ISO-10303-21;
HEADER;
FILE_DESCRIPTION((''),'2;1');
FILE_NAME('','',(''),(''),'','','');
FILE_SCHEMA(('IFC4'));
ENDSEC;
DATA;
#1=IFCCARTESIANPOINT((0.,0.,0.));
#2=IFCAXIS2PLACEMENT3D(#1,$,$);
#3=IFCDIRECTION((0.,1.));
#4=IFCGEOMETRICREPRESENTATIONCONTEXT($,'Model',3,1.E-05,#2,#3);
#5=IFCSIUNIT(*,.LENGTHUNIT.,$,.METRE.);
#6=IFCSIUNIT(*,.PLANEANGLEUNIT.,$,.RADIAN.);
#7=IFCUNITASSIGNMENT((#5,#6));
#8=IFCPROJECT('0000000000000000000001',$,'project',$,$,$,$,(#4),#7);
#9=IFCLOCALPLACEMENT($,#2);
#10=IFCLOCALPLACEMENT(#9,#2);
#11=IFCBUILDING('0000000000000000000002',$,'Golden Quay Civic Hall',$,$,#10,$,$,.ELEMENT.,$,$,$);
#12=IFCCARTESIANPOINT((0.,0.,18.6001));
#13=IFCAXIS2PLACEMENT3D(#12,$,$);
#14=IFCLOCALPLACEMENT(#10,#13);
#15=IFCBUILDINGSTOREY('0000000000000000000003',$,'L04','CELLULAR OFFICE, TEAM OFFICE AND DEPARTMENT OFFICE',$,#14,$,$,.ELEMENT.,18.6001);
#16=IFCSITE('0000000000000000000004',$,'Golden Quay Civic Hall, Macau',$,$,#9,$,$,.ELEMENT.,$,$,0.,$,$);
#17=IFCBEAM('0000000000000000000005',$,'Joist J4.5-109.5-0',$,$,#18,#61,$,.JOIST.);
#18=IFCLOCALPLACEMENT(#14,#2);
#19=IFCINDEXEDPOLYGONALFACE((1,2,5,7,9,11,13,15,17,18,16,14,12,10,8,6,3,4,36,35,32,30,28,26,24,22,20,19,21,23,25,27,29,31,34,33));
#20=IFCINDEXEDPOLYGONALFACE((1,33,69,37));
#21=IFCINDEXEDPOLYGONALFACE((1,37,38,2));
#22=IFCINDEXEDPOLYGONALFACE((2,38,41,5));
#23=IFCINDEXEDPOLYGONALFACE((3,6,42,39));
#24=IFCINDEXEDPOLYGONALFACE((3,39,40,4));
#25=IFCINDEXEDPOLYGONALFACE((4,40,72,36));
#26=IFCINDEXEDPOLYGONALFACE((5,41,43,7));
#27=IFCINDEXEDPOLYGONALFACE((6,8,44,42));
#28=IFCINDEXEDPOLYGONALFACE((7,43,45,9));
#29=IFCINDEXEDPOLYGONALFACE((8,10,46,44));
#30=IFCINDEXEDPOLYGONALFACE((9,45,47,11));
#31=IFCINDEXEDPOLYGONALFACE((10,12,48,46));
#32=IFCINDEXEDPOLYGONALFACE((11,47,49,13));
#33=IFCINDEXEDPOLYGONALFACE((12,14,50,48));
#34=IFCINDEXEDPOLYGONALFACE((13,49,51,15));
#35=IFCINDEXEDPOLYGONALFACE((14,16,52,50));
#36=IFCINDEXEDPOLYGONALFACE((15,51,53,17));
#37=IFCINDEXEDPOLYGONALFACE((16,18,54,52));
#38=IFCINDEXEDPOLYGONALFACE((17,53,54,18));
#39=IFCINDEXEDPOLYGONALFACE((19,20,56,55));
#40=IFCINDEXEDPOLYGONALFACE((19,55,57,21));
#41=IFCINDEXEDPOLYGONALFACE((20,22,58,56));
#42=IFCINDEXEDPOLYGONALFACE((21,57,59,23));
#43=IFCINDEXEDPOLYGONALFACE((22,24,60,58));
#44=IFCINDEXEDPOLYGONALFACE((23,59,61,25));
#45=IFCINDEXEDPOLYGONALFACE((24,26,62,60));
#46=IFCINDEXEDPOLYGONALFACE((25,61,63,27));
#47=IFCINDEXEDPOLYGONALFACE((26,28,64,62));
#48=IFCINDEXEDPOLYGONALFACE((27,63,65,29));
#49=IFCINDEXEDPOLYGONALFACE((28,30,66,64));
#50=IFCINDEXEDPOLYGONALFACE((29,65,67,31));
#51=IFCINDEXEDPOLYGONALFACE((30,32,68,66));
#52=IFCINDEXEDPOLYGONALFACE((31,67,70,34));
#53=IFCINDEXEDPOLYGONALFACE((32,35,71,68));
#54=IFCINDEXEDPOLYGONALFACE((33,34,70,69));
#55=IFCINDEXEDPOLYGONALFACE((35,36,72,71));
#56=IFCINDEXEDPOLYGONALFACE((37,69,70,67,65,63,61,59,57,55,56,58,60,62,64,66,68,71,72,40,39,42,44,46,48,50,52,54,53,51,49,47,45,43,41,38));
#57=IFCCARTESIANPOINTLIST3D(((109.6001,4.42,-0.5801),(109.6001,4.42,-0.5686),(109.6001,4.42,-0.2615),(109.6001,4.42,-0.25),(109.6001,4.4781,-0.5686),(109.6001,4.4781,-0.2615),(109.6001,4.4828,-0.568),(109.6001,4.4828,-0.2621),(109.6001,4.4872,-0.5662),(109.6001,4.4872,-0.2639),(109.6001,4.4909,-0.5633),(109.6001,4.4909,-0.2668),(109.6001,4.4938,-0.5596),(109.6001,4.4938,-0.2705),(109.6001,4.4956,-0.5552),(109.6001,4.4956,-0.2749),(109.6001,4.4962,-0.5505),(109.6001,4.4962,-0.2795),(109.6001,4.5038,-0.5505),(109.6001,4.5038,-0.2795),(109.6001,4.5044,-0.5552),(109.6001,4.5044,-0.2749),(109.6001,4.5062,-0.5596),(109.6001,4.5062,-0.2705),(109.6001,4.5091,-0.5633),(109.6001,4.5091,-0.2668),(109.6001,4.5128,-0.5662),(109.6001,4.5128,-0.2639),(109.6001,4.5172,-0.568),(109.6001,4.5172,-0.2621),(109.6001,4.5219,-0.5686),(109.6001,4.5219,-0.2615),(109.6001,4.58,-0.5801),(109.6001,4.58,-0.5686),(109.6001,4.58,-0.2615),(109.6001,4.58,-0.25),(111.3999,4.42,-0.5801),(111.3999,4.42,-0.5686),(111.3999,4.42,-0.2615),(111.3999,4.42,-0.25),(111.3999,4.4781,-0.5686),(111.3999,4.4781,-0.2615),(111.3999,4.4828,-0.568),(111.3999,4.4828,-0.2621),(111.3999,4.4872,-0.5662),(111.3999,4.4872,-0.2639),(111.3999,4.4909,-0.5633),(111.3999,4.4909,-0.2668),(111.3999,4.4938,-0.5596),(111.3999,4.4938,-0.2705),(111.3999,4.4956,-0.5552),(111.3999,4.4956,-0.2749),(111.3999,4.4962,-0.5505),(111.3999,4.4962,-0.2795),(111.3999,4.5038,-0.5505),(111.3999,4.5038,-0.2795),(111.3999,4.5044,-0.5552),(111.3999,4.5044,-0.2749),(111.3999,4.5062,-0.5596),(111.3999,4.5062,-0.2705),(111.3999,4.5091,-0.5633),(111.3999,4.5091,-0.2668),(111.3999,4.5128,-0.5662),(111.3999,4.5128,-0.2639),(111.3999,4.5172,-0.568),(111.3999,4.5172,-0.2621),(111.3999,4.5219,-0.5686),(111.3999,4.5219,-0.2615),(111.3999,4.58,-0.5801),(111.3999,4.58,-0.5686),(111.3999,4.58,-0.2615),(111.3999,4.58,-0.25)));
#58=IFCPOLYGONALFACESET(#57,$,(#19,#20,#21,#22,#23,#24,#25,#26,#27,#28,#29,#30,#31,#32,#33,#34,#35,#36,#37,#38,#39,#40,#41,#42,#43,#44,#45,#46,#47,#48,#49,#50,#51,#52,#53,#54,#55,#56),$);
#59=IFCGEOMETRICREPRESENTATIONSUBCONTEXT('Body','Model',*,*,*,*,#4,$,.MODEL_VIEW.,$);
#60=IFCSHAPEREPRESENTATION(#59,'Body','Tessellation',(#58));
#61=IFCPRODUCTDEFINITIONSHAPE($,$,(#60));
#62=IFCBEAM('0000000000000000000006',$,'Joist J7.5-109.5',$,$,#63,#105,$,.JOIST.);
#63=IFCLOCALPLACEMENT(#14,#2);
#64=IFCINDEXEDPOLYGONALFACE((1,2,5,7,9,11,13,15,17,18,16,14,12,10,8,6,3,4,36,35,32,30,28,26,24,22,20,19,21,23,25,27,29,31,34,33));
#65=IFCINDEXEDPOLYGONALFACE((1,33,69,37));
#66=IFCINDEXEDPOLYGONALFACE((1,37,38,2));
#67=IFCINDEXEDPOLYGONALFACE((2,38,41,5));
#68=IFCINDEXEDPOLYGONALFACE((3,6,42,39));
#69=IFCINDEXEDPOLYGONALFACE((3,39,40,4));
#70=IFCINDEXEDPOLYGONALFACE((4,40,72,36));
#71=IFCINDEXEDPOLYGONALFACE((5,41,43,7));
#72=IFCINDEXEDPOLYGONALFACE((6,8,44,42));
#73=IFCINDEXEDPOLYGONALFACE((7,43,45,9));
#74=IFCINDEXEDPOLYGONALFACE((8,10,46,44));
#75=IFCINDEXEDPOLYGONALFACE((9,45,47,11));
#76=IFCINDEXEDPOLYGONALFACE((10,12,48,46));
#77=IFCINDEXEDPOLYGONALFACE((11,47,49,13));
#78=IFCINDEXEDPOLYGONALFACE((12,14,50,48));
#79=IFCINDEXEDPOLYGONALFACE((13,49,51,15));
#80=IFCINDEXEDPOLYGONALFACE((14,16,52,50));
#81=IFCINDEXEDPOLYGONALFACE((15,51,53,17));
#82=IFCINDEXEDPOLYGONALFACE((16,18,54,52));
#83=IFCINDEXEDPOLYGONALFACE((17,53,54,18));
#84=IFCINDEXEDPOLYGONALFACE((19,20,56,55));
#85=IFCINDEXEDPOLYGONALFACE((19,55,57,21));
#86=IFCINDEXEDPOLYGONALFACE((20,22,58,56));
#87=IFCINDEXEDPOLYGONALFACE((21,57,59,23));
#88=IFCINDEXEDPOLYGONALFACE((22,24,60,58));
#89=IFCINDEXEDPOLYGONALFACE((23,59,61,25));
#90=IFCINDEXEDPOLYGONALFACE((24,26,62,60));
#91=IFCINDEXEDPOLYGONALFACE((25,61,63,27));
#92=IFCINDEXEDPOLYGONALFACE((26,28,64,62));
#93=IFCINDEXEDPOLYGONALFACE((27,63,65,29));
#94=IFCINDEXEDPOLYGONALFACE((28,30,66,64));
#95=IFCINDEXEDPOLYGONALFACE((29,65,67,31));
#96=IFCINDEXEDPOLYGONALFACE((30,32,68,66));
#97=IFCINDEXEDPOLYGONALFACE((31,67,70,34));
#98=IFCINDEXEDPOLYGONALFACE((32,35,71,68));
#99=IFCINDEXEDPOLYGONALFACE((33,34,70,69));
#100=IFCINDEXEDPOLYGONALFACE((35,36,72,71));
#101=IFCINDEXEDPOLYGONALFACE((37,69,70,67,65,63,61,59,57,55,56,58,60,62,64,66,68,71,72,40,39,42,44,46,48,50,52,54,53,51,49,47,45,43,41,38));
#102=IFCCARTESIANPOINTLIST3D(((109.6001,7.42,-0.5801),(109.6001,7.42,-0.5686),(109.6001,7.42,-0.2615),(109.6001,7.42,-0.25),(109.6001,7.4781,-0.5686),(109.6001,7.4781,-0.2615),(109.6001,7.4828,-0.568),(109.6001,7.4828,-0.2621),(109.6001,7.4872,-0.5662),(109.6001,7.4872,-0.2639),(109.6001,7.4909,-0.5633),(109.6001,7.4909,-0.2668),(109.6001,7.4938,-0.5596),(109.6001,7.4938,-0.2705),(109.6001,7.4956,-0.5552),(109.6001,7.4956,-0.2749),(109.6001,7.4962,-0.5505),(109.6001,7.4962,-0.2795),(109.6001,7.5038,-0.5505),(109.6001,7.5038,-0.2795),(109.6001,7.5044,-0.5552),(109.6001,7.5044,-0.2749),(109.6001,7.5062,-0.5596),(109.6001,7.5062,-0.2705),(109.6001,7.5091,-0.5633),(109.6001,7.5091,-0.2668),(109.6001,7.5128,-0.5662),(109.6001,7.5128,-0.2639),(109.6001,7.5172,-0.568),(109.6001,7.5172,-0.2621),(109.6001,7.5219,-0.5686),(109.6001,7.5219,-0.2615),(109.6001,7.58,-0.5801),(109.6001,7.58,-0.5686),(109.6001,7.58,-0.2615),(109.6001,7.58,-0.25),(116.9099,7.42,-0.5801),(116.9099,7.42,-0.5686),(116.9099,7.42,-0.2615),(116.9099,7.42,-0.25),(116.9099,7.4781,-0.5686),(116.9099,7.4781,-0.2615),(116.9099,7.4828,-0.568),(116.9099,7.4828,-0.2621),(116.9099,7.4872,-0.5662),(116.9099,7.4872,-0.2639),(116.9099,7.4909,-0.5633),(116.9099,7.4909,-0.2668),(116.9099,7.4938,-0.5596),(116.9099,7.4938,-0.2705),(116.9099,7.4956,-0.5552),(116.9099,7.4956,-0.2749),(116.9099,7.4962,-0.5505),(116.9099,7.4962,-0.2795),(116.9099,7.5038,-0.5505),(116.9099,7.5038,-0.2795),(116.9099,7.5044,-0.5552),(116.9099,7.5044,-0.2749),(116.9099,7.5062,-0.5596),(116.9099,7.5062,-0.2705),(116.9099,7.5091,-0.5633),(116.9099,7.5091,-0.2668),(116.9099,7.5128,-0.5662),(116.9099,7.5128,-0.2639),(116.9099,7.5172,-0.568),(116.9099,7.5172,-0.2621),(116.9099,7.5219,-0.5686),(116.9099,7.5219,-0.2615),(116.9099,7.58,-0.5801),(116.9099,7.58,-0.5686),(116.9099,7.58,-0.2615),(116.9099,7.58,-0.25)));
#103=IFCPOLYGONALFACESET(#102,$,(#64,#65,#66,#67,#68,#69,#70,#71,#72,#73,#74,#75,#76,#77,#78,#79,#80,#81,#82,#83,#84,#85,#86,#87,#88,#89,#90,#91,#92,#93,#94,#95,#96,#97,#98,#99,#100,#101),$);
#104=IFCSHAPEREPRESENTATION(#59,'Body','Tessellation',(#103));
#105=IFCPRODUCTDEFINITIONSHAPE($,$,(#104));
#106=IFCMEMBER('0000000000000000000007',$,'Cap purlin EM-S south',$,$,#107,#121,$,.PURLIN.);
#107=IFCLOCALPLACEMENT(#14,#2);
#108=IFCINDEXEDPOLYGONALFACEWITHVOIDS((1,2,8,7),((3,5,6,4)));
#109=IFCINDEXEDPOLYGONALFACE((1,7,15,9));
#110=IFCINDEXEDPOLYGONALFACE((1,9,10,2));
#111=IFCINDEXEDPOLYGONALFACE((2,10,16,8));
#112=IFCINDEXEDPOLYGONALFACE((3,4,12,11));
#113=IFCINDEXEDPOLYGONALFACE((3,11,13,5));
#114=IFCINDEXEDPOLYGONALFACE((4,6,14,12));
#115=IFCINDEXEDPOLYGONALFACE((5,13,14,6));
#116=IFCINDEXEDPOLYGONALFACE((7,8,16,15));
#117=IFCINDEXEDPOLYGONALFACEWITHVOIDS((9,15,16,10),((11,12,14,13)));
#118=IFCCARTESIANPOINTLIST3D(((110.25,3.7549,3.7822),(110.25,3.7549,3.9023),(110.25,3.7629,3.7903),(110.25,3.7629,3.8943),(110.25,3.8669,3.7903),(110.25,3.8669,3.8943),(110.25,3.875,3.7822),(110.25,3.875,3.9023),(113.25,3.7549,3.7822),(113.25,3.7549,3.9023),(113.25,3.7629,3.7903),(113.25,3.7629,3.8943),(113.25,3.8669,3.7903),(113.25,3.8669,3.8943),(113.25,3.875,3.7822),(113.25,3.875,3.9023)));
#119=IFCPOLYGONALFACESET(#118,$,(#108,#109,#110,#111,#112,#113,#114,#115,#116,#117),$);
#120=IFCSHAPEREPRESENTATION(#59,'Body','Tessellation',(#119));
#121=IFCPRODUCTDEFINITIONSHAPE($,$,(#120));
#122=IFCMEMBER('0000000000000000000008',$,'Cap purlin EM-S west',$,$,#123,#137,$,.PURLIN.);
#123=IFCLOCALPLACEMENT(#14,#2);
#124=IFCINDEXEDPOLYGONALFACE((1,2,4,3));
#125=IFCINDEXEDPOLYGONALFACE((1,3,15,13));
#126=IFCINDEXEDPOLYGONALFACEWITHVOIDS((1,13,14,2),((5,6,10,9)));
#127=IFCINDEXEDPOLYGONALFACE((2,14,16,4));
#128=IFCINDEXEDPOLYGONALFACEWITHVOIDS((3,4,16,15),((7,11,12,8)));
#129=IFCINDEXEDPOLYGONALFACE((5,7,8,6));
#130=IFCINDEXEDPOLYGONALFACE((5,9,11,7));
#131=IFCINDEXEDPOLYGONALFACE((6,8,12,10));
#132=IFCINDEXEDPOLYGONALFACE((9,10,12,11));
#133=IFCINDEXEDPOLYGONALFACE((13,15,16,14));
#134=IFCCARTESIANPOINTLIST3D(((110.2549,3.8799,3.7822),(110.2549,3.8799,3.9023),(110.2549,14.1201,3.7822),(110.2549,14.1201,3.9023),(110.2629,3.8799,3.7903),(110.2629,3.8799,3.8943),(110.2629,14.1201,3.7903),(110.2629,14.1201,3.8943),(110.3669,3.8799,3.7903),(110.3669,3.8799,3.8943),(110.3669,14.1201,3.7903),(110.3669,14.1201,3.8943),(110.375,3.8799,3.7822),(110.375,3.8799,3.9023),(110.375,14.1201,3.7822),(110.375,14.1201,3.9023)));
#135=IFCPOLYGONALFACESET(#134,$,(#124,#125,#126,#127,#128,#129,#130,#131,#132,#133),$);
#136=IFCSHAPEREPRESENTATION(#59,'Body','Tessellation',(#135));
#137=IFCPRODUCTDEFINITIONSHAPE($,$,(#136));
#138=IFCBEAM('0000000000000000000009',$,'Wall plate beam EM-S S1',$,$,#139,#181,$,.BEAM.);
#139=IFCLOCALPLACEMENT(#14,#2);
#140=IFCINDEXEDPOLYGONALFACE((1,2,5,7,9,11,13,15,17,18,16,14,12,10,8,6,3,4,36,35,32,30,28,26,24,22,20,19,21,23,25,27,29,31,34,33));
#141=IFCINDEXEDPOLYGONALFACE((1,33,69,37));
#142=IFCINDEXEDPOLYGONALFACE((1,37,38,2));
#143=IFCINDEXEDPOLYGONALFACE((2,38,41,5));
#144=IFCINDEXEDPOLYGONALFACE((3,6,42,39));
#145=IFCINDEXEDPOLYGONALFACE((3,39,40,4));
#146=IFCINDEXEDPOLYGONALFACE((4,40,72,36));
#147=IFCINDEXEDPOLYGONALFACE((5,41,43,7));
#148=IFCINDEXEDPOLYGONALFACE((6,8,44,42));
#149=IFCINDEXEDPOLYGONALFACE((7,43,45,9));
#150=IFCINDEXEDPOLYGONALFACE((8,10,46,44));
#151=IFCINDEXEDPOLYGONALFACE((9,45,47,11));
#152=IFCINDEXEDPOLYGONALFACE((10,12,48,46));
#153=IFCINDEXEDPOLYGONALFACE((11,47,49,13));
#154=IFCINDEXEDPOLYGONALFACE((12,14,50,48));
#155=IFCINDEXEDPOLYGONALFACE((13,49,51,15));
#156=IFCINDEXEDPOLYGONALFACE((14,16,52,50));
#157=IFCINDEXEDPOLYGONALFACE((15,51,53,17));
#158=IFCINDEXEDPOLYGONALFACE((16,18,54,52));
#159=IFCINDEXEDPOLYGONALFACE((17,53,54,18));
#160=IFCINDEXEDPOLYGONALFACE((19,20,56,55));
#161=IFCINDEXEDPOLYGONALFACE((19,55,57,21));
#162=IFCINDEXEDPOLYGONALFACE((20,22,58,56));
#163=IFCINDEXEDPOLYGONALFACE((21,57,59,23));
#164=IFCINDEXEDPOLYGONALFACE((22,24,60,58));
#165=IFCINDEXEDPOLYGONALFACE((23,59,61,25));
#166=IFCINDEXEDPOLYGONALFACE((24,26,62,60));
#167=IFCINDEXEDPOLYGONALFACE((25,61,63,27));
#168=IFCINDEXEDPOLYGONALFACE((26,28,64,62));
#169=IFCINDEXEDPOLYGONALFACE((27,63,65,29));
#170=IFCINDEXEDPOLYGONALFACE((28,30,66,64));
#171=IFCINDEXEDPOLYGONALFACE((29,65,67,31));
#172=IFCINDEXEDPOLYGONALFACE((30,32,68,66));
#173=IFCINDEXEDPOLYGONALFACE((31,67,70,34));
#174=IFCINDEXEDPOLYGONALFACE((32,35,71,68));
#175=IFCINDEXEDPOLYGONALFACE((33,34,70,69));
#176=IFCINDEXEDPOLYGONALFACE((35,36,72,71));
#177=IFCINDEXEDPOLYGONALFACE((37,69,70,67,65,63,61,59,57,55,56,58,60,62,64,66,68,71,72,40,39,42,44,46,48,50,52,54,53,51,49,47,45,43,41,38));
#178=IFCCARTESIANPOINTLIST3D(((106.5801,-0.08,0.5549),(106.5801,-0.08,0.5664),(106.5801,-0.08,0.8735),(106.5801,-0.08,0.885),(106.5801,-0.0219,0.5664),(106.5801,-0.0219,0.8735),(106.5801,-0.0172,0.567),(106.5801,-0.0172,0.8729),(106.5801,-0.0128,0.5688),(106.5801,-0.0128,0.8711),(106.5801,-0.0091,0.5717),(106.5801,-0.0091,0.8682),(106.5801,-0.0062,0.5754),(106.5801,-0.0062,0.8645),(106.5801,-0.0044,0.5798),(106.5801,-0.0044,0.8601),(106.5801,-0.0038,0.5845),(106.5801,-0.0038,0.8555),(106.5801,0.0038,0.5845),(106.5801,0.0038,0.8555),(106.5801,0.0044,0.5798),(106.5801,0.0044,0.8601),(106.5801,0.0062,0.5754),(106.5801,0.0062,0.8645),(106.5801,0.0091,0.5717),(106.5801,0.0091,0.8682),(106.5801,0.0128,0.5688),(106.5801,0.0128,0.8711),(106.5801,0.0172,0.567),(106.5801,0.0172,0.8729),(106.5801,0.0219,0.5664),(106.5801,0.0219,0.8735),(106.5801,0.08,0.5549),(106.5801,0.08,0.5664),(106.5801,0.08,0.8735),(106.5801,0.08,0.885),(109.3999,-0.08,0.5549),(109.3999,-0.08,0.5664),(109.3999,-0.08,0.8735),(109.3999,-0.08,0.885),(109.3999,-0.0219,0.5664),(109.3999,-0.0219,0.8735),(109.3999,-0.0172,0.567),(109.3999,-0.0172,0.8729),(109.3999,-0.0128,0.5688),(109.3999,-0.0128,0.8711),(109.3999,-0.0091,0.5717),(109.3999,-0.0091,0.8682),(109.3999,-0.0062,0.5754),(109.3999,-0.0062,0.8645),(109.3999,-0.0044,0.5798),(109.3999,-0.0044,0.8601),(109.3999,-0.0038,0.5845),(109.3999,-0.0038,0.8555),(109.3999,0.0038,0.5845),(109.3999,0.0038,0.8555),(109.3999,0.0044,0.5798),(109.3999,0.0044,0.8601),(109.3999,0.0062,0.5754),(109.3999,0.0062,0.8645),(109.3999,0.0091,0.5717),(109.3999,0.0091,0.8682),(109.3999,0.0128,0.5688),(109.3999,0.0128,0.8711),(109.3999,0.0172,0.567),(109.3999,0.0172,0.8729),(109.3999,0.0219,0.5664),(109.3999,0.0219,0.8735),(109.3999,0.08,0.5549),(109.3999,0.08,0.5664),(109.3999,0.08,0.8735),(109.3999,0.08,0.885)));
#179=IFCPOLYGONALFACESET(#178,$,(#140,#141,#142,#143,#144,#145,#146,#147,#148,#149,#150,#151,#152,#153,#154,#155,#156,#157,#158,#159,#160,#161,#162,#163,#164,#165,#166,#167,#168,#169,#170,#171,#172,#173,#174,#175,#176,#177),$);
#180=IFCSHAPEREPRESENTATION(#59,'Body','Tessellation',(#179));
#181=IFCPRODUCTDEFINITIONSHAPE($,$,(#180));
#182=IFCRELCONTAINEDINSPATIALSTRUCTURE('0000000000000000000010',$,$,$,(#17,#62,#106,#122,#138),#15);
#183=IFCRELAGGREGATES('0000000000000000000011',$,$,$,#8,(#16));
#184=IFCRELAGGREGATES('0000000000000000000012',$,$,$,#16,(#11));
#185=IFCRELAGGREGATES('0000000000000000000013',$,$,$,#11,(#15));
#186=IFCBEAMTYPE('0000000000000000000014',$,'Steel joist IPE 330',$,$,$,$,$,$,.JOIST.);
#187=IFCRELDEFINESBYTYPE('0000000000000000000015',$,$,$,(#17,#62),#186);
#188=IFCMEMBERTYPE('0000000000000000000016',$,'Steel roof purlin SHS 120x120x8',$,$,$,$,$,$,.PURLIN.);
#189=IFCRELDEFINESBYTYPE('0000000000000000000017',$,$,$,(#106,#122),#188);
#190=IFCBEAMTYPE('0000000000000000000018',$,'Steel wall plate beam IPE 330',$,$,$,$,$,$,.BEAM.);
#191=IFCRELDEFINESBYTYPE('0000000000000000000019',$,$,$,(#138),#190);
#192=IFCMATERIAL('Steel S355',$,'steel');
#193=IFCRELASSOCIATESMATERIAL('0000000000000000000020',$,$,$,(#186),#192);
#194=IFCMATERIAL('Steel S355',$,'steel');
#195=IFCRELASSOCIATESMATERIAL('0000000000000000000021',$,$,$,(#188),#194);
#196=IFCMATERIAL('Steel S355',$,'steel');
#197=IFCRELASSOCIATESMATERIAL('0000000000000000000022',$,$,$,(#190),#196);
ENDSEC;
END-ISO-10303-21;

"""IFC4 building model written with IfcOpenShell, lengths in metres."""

from ifc_helpers import new_model, si_unit, direction, frame, origin, origin_2d, place, context, subcontext, project, spatial, hollow_rectangle, i_section, extrude, material, material_profile, profile_set, type_object, element, save


model = new_model("IFC4")

# Units and contexts
model_context = context("Model", 3, precision=1e-05, world=origin(), true_north=direction((0.0, 1.0)))
body_context = subcontext(model_context, "Body", "Model", "MODEL_VIEW")
ifc_project = project(units=[si_unit("LENGTHUNIT", "METRE"), si_unit("PLANEANGLEUNIT", "RADIAN")], contexts=[model_context])

# Site, building, storey
site_placement = place(None, origin())
site = spatial("IfcSite", under=ifc_project, at=site_placement, Name="Golden Quay Civic Hall, Macau", CompositionType="ELEMENT", RefElevation=0.0)
building_placement = place(site_placement, origin())
building = spatial("IfcBuilding", under=site, at=building_placement, Name="Golden Quay Civic Hall", CompositionType="ELEMENT")
storey_placement = place(building_placement, frame((0.0, 0.0, 18.6001)))
storey = spatial("IfcBuildingStorey", under=building, at=storey_placement, Name="L04", Description="CELLULAR OFFICE, TEAM OFFICE AND DEPARTMENT OFFICE", CompositionType="ELEMENT", Elevation=18.6001)

# Beams
ifc_material_1 = material(Name="Steel S355", Category="steel")
ifc_material_profile_1 = material_profile(ifc_material_1, i_section(OverallWidth=0.1599, OverallDepth=0.3301, WebThickness=0.0076, FlangeThickness=0.0115, FilletRadius=0.0181, at=origin_2d()), Name="IPE 330")
ifc_profile_set_1 = profile_set([ifc_material_profile_1], Name="Steel S355")
beam_type_1 = type_object("IfcBeamType", Name="Steel joist IPE 330", PredefinedType="JOIST", material=ifc_profile_set_1)
for number, where, z_axis, x_axis, name in (
    (1, (109.6001, 4.5, -0.415), (1.0, 0.0, 0.0), (0.0, 1.0, 0.0), "Joist J4.5-109.5-0"),
):
    element("IfcBeam", number, at=place(storey_placement, frame(where, z_axis=z_axis, x_axis=x_axis)), inside=storey, type_object=beam_type_1, Name=name, PredefinedType="JOIST", context=body_context, shape_type="SweptSolid", body=[
        extrude(i_section(OverallWidth=0.1599, OverallDepth=0.3301, WebThickness=0.0076, FlangeThickness=0.0115, FilletRadius=0.0181, at=origin_2d()), origin(), (0.0, 0.0, 1.0), 1.7998),
    ])
beam_1_placement = place(storey_placement, frame((109.6001, 7.5, -0.415), z_axis=(1.0, 0.0, 0.0), x_axis=(0.0, 1.0, 0.0)))
element("IfcBeam", 2, at=beam_1_placement, inside=storey, type_object=beam_type_1, Name="Joist J7.5-109.5", PredefinedType="JOIST", context=body_context, shape_type="SweptSolid", body=[
    extrude(i_section(OverallWidth=0.1599, OverallDepth=0.3301, WebThickness=0.0076, FlangeThickness=0.0115, FilletRadius=0.0181, at=origin_2d()), origin(), (0.0, 0.0, 1.0), 7.3098),
])

# Members
ifc_material_2 = material(Name="Steel S355", Category="steel")
ifc_material_profile_2 = material_profile(ifc_material_2, hollow_rectangle(XDim=0.1201, YDim=0.1201, WallThickness=0.0081, at=origin_2d()), Name="SHS 120x120x8")
ifc_profile_set_2 = profile_set([ifc_material_profile_2], Name="Steel S355")
member_type_1 = type_object("IfcMemberType", Name="Steel roof purlin SHS 120x120x8", PredefinedType="PURLIN", material=ifc_profile_set_2)
member_1_placement = place(storey_placement, frame((110.25, 3.8149, 3.8423), z_axis=(1.0, 0.0, 0.0), x_axis=(0.0, 1.0, 0.0)))
element("IfcMember", 3, at=member_1_placement, inside=storey, type_object=member_type_1, Name="Cap purlin EM-S south", PredefinedType="PURLIN", context=body_context, shape_type="SweptSolid", body=[
    extrude(hollow_rectangle(XDim=0.1201, YDim=0.1201, WallThickness=0.0081, at=origin_2d()), origin(), (0.0, 0.0, 1.0), 3.0),
])
member_2_placement = place(storey_placement, frame((110.3149, 3.8799, 3.8423), z_axis=(0.0, 1.0, 0.0), x_axis=(-1.0, 0.0, 0.0)))
element("IfcMember", 4, at=member_2_placement, inside=storey, type_object=member_type_1, Name="Cap purlin EM-S west", PredefinedType="PURLIN", context=body_context, shape_type="SweptSolid", body=[
    extrude(hollow_rectangle(XDim=0.1201, YDim=0.1201, WallThickness=0.0081, at=origin_2d()), origin(), (0.0, 0.0, 1.0), 10.2402),
])

# Beam
ifc_material_3 = material(Name="Steel S355", Category="steel")
ifc_material_profile_3 = material_profile(ifc_material_3, i_section(OverallWidth=0.1599, OverallDepth=0.3301, WebThickness=0.0076, FlangeThickness=0.0115, FilletRadius=0.0181, at=origin_2d()), Name="IPE 330")
ifc_profile_set_3 = profile_set([ifc_material_profile_3], Name="Steel S355")
beam_type_2 = type_object("IfcBeamType", Name="Steel wall plate beam IPE 330", PredefinedType="BEAM", material=ifc_profile_set_3)
beam_2_placement = place(storey_placement, frame((106.5801, 0.0, 0.72), z_axis=(1.0, 0.0, 0.0), x_axis=(0.0, 1.0, 0.0)))
element("IfcBeam", 5, at=beam_2_placement, inside=storey, type_object=beam_type_2, Name="Wall plate beam EM-S S1", PredefinedType="BEAM", context=body_context, shape_type="SweptSolid", body=[
    extrude(i_section(OverallWidth=0.1599, OverallDepth=0.3301, WebThickness=0.0076, FlangeThickness=0.0115, FilletRadius=0.0181, at=origin_2d()), origin(), (0.0, 0.0, 1.0), 2.8198),
])

save(model, "model.ifc")
